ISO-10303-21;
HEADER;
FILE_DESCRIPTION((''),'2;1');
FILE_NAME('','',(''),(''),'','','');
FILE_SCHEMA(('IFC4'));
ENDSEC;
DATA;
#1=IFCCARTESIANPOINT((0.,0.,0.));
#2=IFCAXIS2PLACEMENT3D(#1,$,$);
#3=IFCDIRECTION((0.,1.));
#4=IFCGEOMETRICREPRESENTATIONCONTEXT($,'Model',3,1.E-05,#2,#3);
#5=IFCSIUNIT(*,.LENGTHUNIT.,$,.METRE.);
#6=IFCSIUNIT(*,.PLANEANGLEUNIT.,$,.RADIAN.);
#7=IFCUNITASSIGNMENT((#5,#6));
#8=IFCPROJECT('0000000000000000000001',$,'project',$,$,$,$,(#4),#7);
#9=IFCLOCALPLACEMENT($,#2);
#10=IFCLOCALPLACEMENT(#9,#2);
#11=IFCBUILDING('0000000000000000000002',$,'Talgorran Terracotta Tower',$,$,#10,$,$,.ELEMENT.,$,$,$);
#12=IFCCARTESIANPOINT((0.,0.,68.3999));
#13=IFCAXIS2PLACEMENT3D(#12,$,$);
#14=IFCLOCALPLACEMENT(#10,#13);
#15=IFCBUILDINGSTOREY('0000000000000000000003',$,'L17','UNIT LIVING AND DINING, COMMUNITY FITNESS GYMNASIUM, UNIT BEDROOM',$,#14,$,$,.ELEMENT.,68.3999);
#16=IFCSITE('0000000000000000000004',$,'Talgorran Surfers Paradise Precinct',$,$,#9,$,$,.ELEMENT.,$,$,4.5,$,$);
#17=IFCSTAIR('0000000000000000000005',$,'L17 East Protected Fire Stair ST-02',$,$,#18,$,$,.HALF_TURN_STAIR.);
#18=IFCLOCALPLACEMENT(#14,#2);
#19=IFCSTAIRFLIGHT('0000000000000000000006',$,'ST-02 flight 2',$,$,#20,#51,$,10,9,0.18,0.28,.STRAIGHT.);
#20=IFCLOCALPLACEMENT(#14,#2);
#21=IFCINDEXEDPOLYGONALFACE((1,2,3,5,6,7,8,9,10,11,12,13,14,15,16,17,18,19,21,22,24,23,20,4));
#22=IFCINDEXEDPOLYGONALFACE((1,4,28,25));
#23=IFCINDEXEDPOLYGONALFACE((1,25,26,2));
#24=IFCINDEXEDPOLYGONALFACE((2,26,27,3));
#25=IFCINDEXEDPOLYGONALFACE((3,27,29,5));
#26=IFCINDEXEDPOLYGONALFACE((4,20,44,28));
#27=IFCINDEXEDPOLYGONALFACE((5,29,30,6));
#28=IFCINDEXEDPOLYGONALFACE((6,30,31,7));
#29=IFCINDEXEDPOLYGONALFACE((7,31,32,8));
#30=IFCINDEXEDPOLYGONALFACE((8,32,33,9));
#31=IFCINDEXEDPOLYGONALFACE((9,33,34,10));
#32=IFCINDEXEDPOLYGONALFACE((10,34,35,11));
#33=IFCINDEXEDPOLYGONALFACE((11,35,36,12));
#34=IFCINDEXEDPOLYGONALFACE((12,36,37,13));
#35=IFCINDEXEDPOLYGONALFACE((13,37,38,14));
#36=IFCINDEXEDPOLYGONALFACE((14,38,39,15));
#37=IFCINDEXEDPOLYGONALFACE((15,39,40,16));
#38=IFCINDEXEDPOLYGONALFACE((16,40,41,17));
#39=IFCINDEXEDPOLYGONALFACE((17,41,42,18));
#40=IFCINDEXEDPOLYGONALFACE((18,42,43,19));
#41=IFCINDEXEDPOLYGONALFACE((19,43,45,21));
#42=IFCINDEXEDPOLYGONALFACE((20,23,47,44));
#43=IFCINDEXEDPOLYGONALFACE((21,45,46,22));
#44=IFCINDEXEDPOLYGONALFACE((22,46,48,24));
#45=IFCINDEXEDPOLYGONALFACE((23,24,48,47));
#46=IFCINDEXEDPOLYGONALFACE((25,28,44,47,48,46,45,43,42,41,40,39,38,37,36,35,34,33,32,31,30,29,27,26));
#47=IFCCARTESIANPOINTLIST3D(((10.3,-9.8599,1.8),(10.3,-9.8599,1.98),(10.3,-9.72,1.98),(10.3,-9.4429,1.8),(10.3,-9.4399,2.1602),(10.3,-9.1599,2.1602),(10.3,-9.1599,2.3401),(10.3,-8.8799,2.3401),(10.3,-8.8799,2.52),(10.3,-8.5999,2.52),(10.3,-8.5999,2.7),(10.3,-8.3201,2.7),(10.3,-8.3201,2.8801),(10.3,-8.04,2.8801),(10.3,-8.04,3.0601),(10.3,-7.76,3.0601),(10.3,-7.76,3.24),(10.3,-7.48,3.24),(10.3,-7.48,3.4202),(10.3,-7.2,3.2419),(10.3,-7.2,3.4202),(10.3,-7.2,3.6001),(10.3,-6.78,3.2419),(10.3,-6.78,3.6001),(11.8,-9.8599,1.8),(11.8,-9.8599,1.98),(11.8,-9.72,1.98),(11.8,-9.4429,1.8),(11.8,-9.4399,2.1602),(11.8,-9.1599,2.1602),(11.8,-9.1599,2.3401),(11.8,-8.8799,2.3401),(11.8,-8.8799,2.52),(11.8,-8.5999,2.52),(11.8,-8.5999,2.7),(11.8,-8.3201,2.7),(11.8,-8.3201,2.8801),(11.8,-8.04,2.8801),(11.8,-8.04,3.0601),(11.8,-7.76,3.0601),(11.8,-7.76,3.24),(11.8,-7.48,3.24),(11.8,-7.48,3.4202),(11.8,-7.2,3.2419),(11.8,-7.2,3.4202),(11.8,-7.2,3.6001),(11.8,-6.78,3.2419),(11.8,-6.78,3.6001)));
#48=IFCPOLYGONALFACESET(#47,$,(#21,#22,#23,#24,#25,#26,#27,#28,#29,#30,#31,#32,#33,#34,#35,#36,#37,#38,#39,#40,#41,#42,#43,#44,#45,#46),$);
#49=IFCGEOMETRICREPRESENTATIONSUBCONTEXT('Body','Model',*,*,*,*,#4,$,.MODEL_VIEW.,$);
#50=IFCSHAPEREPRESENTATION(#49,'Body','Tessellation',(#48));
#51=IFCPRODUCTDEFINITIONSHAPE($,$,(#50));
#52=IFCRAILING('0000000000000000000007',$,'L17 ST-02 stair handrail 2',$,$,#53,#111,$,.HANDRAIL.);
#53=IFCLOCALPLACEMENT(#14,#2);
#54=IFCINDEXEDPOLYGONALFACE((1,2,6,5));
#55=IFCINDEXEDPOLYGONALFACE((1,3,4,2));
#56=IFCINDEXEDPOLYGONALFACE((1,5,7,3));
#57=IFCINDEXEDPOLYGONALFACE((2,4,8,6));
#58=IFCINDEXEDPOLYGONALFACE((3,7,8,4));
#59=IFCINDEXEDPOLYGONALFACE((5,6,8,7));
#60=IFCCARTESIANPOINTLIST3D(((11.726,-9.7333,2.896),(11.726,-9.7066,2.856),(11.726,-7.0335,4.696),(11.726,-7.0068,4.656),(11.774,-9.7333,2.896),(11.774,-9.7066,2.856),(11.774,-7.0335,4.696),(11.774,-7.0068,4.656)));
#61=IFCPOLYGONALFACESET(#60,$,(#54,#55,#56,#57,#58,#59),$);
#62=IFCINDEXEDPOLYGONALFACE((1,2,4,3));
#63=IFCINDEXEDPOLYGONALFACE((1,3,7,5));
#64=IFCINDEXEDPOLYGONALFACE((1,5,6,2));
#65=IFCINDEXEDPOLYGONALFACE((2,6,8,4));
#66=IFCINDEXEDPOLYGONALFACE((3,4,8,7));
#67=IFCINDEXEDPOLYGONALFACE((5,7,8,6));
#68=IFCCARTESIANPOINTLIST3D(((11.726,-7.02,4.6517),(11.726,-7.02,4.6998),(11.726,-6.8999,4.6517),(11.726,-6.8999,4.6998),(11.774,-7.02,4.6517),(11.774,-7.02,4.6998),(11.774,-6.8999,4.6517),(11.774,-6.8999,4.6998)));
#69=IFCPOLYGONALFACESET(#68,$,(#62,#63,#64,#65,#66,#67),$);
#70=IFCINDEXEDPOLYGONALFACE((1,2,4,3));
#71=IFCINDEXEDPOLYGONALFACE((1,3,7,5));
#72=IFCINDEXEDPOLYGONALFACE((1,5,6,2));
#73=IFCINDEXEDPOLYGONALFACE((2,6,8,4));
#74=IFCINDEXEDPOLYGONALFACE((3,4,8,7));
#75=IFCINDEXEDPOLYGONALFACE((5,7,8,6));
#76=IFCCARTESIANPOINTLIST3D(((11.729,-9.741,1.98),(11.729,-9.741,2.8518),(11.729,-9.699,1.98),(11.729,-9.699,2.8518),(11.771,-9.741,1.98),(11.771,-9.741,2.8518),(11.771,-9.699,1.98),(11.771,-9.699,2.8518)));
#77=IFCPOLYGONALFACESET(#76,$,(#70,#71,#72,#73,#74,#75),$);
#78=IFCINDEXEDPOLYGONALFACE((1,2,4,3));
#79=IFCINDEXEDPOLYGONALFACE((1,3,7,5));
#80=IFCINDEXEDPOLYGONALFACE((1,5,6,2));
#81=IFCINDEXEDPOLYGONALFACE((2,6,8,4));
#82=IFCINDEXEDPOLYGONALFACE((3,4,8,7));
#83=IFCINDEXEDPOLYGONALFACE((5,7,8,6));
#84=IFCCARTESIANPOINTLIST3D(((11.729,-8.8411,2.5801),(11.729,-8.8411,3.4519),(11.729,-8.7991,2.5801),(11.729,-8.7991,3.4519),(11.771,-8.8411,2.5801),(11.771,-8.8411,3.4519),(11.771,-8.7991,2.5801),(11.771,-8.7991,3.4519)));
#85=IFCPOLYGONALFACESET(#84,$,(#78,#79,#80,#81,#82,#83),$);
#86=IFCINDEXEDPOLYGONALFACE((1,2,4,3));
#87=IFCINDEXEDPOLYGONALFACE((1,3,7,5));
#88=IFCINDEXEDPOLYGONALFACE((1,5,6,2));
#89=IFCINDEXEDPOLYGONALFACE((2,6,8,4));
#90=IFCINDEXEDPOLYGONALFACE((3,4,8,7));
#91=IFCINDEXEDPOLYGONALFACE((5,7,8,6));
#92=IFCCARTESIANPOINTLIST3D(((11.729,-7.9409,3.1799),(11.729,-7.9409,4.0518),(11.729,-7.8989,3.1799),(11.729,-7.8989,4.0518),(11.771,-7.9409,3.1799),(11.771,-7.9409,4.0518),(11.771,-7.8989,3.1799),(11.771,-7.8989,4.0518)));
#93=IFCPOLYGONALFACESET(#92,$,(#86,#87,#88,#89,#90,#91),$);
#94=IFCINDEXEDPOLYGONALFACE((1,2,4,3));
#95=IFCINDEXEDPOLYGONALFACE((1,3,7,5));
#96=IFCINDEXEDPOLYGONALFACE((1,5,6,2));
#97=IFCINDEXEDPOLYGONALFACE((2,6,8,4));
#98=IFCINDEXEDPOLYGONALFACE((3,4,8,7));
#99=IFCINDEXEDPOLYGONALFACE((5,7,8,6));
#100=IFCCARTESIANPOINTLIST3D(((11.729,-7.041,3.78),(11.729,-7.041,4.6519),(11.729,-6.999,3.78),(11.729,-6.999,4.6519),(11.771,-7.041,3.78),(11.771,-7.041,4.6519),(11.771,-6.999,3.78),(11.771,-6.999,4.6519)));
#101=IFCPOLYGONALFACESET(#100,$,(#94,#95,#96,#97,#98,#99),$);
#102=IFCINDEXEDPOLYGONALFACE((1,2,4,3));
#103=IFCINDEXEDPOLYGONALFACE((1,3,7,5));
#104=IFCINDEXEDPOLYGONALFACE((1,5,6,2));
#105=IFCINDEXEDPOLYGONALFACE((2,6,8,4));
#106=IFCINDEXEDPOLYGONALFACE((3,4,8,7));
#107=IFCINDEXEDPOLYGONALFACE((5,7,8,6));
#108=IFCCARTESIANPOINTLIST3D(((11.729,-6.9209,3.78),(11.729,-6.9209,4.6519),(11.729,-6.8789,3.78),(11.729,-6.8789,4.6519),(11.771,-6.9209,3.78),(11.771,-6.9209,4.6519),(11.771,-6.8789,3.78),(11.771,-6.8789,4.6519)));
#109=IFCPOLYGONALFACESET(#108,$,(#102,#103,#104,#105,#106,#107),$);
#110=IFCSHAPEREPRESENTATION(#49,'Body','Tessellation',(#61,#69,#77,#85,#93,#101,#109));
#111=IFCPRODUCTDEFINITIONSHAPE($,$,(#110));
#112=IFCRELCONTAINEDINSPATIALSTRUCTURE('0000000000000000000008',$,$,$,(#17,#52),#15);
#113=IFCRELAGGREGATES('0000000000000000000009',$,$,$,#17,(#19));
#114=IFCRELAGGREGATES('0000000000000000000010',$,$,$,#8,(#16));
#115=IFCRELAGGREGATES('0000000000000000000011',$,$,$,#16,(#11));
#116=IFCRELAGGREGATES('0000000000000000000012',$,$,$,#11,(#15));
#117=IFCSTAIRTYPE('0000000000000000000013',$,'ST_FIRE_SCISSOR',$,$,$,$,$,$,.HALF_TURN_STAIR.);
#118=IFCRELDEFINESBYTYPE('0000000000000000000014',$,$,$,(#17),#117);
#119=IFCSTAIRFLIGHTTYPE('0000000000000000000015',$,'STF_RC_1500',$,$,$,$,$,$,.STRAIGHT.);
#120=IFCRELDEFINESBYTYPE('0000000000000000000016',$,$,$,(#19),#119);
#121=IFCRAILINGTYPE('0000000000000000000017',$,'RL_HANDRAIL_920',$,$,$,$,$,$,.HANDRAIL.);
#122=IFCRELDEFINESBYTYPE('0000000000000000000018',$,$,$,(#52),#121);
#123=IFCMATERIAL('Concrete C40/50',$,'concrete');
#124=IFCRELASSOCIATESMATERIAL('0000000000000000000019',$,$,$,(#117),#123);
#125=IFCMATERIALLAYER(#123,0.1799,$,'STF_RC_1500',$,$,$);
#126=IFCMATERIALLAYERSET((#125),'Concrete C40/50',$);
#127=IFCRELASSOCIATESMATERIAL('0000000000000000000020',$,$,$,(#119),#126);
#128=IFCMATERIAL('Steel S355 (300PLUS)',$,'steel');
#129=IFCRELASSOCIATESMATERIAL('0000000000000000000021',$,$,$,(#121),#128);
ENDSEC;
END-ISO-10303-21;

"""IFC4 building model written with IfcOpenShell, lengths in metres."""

from ifc_helpers import new_model, si_unit, direction, frame, origin, origin_2d, place, context, subcontext, project, spatial, polyline, rectangle, outline, extrude, material, layer, layer_set, type_object, element, aggregate, save


model = new_model("IFC4")

# Units and contexts
model_context = context("Model", 3, precision=1e-05, world=origin(), true_north=direction((0.0, 1.0)))
body_context = subcontext(model_context, "Body", "Model", "MODEL_VIEW")
ifc_project = project(units=[si_unit("LENGTHUNIT", "METRE"), si_unit("PLANEANGLEUNIT", "RADIAN")], contexts=[model_context])

# Site, building, storey
site_placement = place(None, origin())
site = spatial("IfcSite", under=ifc_project, at=site_placement, Name="Talgorran Surfers Paradise Precinct", CompositionType="ELEMENT", RefElevation=4.5)
building_placement = place(site_placement, origin())
building = spatial("IfcBuilding", under=site, at=building_placement, Name="Talgorran Terracotta Tower", CompositionType="ELEMENT")
storey_placement = place(building_placement, frame((0.0, 0.0, 68.3999)))
storey = spatial("IfcBuildingStorey", under=building, at=storey_placement, Name="L17", Description="UNIT LIVING AND DINING, COMMUNITY FITNESS GYMNASIUM, UNIT BEDROOM", CompositionType="ELEMENT", Elevation=68.3999)

# Shared definitions
ifc_material_1 = material(Name="Steel S355 (300PLUS)", Category="steel")

# Stair, stair flight
ifc_material_2 = material(Name="Concrete C40/50", Category="concrete")
stair_type = type_object("IfcStairType", Name="ST_FIRE_SCISSOR", PredefinedType="HALF_TURN_STAIR", material=ifc_material_2)
stair_placement = place(storey_placement, origin())
stair = element("IfcStair", 1, at=stair_placement, inside=storey, type_object=stair_type, Name="L17 East Protected Fire Stair ST-02", PredefinedType="HALF_TURN_STAIR")
ifc_layer_1 = layer(ifc_material_2, 0.1799, Name="STF_RC_1500")
ifc_layer_set_1 = layer_set([ifc_layer_1], Name="Concrete C40/50")
stair_flight_type = type_object("IfcStairFlightType", Name="STF_RC_1500", PredefinedType="STRAIGHT", material=ifc_layer_set_1)
stair_flight_placement = place(storey_placement, frame((11.05, -9.72, 1.8), z_axis=(0.0, 0.0, 1.0), x_axis=(0.0, 1.0, 0.0)))
stair_flight = element("IfcStairFlight", 2, at=stair_flight_placement, type_object=stair_flight_type, Name="ST-02 flight 2", NumberOfRisers=10, NumberOfTreads=9, PredefinedType="STRAIGHT", RiserHeight=0.18, TreadLength=0.28, context=body_context, shape_type="SweptSolid", body=[
    extrude(outline(polyline([(-0.1399, 0.0), (-0.1399, 0.1799), (0.0, 0.1799), (0.28, 0.3601), (0.5601, 0.3601), (0.5601, 0.54), (0.8401, 0.54), (0.8401, 0.72), (1.1201, 0.72), (1.1201, 0.8999), (1.3999, 0.8999), (1.3999, 1.0801), (1.6799, 1.0801), (1.6799, 1.26), (1.96, 1.26), (1.96, 1.4399), (2.24, 1.4399), (2.24, 1.6201), (2.52, 1.6201), (2.52, 1.8), (2.9399, 1.8), (2.9399, 1.4419), (2.52, 1.4419), (0.2771, 0.0), (-0.1399, 0.0)])), frame((0.0, 0.75, 0.0), z_axis=(0.0, -1.0, 0.0), x_axis=(1.0, 0.0, 0.0)), (0.0, 0.0, 1.0), 1.5),
])
aggregate(stair, [stair_flight])

# Railing
railing_type = type_object("IfcRailingType", Name="RL_HANDRAIL_920", PredefinedType="HANDRAIL", material=ifc_material_1)
railing_placement = place(storey_placement, frame((11.75, -9.72, 1.98)))
element("IfcRailing", 3, at=railing_placement, inside=storey, type_object=railing_type, Name="L17 ST-02 stair handrail 2", PredefinedType="HANDRAIL", context=body_context, shape_type="SweptSolid", body=[
    extrude(rectangle(XDim=0.0481, YDim=0.0481, at=origin_2d()), frame((0.0, 0.0, 0.896), z_axis=(0.0, 0.832039, 0.554718), x_axis=(-1.0, 0.0, 0.0)), (0.0, 0.0, 1.0), 3.2449),
    extrude(rectangle(XDim=0.0481, YDim=0.0481, at=origin_2d()), frame((0.0, 2.7, 2.6958), z_axis=(0.0, 1.0, 0.0), x_axis=(-1.0, 0.0, 0.0)), (0.0, 0.0, 1.0), 0.1201),
    extrude(rectangle(XDim=0.042, YDim=0.042, at=origin_2d()), origin(), (0.0, 0.0, 1.0), 0.8718),
    extrude(rectangle(XDim=0.042, YDim=0.042, at=origin_2d()), frame((0.0, 0.8999, 0.6001)), (0.0, 0.0, 1.0), 0.8718),
    extrude(rectangle(XDim=0.042, YDim=0.042, at=origin_2d()), frame((0.0, 1.8, 1.2)), (0.0, 0.0, 1.0), 0.8718),
    extrude(rectangle(XDim=0.042, YDim=0.042, at=origin_2d()), frame((0.0, 2.7, 1.8)), (0.0, 0.0, 1.0), 0.8718),
    extrude(rectangle(XDim=0.042, YDim=0.042, at=origin_2d()), frame((0.0, 2.8201, 1.8)), (0.0, 0.0, 1.0), 0.8718),
])

save(model, "model.ifc")
